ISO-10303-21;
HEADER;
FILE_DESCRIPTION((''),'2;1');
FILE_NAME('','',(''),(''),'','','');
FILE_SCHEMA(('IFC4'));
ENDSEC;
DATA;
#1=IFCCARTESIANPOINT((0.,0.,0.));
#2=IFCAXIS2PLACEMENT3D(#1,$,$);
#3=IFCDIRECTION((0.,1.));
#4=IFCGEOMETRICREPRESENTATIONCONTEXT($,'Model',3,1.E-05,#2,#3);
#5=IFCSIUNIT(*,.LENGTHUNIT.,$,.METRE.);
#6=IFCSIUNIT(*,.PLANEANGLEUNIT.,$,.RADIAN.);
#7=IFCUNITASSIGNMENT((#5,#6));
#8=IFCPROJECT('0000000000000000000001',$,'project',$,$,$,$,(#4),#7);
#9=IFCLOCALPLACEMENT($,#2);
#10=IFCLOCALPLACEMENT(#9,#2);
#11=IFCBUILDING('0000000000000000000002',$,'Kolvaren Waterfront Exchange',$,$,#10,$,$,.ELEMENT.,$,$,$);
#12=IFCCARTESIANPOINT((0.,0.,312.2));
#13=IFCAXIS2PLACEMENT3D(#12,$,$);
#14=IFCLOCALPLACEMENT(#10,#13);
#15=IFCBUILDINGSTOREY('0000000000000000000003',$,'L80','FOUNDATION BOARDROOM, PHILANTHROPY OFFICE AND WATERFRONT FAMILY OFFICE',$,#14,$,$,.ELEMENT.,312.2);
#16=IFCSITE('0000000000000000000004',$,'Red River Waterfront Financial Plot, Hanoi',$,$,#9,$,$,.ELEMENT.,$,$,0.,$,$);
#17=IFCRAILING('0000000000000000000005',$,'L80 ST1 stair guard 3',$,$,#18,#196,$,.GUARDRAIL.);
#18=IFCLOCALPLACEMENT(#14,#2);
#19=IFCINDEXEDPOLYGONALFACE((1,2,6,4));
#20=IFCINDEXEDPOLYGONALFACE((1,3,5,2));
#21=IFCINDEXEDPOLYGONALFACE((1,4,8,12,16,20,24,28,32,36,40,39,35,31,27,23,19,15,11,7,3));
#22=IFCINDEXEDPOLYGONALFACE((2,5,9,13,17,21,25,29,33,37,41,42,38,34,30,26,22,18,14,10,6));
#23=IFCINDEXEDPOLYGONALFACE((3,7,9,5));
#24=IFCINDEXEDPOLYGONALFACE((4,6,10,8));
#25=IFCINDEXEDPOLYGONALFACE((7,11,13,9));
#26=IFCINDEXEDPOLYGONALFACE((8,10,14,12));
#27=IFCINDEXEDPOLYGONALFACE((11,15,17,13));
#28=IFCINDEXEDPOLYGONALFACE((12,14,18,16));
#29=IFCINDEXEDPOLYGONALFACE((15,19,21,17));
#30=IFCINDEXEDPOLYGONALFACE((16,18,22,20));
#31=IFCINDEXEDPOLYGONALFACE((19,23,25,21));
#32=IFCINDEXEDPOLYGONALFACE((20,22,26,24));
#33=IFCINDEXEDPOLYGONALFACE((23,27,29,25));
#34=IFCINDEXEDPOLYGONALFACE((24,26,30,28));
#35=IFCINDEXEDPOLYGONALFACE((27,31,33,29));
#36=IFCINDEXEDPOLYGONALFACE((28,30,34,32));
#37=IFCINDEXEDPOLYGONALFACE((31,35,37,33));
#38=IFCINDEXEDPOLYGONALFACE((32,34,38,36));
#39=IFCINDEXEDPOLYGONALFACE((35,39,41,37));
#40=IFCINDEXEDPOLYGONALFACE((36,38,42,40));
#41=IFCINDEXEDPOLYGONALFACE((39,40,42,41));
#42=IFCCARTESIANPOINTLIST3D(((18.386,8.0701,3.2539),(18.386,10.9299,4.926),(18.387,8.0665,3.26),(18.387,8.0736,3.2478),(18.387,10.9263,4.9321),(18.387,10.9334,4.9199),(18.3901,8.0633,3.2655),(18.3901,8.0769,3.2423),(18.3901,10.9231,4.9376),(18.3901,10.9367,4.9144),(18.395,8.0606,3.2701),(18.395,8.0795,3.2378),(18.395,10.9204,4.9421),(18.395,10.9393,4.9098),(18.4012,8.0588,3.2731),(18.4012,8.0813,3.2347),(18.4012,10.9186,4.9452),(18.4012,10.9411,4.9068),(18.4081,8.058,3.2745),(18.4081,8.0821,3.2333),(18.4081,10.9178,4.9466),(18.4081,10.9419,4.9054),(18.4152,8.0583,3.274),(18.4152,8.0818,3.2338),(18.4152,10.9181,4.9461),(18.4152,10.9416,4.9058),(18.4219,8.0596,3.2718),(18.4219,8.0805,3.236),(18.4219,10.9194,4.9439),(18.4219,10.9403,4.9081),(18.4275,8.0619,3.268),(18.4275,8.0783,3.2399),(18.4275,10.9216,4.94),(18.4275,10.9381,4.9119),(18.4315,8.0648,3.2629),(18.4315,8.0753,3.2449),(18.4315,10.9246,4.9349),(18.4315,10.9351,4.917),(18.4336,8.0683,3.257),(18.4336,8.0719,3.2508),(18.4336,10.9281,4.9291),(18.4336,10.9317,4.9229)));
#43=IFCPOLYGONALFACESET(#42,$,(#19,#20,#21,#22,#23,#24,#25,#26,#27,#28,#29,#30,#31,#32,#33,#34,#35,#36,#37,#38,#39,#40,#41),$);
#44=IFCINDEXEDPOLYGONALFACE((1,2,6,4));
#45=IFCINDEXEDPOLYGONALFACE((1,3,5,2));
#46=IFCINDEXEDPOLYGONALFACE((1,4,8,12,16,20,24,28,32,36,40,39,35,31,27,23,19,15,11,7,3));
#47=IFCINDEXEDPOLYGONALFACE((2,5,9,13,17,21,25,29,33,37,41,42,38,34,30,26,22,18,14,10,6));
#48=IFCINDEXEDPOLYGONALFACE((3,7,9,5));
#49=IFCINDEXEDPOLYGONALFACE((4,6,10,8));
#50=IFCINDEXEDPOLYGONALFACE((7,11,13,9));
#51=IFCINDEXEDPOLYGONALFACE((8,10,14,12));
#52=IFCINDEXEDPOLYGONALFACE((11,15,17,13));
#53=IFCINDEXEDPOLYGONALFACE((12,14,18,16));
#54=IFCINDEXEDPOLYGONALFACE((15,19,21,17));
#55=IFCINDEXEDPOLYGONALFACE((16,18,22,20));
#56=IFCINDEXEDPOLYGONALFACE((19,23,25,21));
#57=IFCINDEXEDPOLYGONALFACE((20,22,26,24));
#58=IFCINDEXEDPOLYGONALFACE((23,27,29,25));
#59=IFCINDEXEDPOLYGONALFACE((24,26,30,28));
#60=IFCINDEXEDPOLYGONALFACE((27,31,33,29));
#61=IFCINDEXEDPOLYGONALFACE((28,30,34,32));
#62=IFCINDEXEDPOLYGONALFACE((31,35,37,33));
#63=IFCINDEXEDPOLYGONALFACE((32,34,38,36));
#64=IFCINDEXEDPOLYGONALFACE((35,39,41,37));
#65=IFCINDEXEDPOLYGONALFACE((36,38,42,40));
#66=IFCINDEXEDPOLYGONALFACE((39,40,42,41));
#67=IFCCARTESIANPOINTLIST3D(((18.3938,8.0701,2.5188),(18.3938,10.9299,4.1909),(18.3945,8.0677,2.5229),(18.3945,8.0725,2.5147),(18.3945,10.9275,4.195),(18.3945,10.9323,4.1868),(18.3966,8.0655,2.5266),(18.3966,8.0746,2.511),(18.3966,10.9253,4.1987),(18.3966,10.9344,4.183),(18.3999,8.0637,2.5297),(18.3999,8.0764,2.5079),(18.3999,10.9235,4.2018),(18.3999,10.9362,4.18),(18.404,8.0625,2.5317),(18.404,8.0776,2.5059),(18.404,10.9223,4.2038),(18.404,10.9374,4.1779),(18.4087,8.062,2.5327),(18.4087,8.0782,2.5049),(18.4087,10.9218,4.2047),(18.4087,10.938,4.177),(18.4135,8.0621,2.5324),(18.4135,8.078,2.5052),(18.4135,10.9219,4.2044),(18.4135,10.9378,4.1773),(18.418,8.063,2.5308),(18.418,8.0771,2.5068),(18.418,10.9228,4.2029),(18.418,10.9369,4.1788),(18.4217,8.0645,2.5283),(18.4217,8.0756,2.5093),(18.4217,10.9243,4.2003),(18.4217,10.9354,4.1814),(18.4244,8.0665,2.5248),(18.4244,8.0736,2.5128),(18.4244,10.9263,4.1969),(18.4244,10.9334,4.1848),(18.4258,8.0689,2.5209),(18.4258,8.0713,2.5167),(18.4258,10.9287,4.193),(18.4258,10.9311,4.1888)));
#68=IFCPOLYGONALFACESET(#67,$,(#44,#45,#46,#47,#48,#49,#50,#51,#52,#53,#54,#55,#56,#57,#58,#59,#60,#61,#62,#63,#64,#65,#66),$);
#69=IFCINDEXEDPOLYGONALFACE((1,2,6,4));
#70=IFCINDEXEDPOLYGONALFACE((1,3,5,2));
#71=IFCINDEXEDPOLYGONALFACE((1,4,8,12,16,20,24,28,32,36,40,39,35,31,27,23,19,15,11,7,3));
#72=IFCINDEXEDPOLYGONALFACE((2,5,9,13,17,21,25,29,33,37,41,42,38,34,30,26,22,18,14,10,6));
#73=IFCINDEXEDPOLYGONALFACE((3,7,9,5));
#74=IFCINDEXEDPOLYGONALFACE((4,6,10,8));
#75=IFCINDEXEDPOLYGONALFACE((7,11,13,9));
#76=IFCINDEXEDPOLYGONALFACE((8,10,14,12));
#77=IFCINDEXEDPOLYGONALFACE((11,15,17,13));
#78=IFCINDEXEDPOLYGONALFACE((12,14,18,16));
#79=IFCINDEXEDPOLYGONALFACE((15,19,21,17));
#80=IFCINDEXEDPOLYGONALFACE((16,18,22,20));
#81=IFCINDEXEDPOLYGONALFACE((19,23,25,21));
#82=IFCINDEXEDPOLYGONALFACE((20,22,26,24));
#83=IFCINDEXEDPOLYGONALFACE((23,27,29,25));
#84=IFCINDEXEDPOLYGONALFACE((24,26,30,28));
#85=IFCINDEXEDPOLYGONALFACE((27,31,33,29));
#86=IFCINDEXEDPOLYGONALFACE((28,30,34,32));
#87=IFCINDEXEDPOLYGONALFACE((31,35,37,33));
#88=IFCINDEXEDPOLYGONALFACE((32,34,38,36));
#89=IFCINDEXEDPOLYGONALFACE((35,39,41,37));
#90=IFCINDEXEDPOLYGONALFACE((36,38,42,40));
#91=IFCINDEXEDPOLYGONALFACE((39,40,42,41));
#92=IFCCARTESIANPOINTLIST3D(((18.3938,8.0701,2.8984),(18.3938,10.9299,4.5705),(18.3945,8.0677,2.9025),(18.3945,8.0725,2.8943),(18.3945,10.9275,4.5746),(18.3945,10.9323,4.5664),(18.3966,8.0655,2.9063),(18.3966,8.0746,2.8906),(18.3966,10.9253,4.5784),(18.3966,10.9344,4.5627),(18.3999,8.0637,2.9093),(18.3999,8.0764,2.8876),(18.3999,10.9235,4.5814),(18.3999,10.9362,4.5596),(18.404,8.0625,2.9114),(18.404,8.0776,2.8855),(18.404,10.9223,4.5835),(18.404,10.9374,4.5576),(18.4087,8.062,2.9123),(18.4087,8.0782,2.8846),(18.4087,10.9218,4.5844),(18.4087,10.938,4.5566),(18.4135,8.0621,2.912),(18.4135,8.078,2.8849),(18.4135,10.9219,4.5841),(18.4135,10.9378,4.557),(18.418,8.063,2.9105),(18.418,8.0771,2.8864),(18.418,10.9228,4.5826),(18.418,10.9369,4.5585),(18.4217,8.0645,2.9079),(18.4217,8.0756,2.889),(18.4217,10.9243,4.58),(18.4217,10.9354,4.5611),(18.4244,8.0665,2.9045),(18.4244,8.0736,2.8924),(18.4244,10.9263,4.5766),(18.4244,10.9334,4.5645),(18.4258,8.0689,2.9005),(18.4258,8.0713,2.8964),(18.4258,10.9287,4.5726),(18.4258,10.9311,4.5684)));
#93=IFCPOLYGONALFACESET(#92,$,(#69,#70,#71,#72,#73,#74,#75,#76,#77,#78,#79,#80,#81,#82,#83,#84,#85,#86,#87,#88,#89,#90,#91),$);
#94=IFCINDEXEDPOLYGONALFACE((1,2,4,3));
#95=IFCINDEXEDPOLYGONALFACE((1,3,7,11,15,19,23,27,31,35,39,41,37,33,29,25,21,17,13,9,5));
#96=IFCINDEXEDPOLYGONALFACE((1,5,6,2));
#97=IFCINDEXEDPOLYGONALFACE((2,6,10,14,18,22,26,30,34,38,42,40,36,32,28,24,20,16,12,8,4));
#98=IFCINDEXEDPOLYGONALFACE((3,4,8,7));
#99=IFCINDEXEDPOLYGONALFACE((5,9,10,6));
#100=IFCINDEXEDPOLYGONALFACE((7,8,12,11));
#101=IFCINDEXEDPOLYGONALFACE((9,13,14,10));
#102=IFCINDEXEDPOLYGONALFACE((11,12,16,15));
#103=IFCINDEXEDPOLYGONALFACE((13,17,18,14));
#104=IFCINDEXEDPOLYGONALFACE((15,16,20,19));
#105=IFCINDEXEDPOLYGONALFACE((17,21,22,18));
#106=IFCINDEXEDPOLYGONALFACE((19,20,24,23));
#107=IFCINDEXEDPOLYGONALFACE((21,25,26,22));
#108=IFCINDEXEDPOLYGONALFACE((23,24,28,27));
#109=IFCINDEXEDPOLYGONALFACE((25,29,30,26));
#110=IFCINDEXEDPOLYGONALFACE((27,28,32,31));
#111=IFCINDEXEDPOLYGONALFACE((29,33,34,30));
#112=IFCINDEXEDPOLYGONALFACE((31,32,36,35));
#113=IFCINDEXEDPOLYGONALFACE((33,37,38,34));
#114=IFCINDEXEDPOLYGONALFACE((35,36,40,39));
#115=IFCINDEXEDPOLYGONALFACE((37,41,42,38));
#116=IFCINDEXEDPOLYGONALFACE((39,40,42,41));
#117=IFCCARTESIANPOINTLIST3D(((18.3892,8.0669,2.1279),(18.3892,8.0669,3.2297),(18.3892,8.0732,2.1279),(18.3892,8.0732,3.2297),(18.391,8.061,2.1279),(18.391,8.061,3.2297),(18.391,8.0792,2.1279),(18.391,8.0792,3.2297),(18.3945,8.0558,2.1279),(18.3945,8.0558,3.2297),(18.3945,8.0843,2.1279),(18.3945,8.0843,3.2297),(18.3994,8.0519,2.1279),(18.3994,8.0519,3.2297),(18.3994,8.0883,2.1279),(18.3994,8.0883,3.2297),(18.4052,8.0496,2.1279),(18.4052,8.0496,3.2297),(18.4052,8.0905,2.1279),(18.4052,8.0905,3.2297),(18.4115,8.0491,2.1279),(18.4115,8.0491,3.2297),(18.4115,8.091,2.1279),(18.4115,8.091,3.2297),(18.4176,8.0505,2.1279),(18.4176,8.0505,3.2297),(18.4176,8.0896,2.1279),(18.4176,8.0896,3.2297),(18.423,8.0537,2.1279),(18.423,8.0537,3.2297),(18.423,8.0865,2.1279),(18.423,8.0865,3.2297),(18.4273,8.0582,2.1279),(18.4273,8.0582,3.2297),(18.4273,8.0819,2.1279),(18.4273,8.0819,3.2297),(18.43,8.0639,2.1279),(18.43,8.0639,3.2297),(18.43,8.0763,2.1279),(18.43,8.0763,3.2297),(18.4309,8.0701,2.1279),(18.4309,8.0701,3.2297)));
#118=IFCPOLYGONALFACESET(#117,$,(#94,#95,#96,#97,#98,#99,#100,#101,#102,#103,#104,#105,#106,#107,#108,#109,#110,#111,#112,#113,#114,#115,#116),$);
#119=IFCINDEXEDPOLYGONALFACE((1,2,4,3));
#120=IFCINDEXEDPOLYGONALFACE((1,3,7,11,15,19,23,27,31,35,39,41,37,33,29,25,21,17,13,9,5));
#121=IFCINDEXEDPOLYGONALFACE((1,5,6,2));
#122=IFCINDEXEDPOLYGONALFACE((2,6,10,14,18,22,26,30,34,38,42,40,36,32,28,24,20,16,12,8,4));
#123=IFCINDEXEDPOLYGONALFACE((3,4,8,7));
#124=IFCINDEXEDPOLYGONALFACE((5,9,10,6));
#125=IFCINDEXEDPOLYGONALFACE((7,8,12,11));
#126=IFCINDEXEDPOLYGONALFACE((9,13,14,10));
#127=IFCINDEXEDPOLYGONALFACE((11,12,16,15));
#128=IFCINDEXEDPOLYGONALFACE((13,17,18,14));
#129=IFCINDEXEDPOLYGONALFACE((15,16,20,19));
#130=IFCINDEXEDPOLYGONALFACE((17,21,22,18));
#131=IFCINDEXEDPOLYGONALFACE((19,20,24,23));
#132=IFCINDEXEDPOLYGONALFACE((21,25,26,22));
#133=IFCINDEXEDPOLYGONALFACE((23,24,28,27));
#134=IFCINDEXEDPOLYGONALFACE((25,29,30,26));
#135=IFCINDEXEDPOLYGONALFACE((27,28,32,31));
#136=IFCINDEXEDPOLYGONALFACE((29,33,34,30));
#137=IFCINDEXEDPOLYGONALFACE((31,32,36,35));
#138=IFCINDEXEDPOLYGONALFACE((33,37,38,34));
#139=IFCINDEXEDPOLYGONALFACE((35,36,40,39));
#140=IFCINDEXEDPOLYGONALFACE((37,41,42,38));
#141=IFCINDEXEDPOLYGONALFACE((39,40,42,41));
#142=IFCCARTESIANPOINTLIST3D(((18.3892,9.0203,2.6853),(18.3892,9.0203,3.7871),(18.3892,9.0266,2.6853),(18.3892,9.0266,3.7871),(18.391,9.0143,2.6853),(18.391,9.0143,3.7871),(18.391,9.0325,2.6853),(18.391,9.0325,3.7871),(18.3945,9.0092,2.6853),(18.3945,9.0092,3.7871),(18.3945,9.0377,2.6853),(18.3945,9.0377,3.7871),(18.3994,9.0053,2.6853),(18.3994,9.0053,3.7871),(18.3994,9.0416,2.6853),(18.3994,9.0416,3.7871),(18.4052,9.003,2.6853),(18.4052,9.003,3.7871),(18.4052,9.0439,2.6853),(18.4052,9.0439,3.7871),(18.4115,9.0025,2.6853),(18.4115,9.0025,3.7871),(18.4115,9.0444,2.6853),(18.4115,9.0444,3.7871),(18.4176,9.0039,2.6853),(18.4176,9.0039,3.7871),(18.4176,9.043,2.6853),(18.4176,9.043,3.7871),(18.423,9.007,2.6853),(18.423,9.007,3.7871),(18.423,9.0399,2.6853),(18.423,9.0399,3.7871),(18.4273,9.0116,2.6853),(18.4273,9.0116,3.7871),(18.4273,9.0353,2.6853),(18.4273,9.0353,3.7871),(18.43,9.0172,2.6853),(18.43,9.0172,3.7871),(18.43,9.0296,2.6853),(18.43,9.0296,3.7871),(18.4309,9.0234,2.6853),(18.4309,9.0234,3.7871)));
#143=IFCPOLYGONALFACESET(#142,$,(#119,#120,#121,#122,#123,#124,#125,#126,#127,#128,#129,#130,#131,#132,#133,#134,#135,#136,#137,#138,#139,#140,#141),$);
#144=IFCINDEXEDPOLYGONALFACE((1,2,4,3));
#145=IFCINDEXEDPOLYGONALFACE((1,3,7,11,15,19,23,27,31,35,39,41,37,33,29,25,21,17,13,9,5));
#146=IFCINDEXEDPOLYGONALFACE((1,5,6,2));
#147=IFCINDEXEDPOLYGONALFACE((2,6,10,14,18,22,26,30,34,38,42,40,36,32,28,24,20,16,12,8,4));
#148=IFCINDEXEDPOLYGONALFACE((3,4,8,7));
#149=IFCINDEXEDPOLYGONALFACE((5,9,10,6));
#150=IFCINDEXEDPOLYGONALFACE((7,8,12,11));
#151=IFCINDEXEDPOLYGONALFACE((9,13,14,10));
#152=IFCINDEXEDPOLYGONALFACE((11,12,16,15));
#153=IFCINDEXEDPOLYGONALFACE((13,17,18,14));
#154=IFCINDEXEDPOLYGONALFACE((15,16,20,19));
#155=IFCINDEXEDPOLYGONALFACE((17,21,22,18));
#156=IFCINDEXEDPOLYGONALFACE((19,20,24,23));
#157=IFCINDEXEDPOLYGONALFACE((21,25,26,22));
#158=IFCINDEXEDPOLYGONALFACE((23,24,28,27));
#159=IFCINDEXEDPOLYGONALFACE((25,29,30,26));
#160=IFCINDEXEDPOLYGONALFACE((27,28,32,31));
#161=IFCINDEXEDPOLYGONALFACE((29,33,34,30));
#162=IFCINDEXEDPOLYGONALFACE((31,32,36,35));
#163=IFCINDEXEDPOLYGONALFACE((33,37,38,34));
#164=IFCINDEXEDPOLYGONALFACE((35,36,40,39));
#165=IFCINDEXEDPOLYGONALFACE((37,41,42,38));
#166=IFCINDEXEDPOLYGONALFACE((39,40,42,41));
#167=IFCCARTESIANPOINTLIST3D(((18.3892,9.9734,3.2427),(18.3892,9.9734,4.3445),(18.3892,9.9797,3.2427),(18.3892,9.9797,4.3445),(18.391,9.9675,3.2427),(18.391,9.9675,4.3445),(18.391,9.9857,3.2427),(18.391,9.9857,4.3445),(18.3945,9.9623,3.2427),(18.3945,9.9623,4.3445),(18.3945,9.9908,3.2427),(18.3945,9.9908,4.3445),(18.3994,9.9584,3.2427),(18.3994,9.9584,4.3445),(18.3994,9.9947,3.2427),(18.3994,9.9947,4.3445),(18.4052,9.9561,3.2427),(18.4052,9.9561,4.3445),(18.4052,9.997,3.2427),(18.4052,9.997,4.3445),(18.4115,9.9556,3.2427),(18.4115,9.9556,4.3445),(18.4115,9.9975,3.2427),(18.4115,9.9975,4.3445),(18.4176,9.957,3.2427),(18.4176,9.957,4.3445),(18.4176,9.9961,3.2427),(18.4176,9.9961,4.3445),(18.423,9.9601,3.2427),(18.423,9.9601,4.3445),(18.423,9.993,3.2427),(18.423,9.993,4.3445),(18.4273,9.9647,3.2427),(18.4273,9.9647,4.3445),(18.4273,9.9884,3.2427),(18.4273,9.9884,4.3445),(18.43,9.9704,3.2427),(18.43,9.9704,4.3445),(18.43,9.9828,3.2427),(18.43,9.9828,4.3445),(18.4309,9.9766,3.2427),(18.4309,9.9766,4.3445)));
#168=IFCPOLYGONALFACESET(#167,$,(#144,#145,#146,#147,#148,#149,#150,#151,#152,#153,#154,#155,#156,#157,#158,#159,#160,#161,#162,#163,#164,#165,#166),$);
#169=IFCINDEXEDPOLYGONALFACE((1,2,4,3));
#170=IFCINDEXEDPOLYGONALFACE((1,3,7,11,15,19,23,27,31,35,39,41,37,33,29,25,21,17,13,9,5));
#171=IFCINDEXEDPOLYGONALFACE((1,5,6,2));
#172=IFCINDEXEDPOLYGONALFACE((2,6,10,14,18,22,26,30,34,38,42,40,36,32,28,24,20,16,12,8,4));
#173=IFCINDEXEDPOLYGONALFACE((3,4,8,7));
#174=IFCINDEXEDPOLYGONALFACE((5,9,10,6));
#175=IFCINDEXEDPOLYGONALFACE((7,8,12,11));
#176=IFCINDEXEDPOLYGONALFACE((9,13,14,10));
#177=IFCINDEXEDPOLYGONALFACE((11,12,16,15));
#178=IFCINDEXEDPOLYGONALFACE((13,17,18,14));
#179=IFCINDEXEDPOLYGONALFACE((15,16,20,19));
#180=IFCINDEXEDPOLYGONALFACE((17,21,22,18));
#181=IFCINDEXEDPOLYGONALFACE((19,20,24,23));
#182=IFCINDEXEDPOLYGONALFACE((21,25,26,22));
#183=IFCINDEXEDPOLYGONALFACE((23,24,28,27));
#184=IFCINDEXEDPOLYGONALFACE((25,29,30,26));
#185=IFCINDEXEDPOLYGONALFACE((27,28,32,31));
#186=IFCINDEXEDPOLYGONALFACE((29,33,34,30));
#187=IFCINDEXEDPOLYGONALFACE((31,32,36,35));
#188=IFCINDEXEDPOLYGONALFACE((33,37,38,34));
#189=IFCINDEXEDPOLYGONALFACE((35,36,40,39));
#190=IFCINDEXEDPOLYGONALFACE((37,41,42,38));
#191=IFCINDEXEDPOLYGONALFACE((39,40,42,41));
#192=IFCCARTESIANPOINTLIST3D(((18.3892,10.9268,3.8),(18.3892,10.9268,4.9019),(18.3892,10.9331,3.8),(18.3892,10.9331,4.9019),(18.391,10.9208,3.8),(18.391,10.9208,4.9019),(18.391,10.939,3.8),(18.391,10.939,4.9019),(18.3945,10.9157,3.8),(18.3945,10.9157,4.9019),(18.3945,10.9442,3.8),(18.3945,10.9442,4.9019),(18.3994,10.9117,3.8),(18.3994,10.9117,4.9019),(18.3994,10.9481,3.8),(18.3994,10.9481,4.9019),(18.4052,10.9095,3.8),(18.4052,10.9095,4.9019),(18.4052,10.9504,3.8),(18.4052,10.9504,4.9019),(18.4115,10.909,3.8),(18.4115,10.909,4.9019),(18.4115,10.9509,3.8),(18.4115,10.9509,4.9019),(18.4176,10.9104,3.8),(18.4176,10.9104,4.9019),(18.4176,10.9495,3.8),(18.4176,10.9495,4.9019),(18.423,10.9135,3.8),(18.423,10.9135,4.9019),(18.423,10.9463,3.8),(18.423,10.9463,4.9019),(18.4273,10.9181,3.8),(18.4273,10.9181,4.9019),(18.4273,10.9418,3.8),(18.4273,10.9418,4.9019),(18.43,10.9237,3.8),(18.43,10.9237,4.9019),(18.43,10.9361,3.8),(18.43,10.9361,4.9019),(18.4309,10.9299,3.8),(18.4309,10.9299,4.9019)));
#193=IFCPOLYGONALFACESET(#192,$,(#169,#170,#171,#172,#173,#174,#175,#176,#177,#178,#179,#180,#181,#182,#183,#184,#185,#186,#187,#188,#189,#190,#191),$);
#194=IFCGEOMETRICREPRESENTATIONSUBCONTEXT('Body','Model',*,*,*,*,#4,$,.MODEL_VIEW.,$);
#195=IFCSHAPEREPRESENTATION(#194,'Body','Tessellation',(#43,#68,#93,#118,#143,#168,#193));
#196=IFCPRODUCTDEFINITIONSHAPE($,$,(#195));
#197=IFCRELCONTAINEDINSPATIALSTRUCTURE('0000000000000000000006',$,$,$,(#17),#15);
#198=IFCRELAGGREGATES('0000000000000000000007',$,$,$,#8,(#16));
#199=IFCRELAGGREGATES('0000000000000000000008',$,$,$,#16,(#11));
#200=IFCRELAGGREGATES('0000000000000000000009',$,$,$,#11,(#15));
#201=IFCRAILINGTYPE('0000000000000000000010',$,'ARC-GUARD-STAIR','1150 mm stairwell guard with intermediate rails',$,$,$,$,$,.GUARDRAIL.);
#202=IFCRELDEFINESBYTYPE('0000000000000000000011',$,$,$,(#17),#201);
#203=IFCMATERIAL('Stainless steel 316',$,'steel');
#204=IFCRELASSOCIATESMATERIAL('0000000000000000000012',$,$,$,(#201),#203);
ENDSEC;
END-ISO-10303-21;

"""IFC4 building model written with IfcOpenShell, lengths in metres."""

from ifc_helpers import new_model, si_unit, direction, frame, origin, origin_2d, place, context, subcontext, project, spatial, circle, extrude, material, type_object, element, save


model = new_model("IFC4")

# Units and contexts
model_context = context("Model", 3, precision=1e-05, world=origin(), true_north=direction((0.0, 1.0)))
body_context = subcontext(model_context, "Body", "Model", "MODEL_VIEW")
ifc_project = project(units=[si_unit("LENGTHUNIT", "METRE"), si_unit("PLANEANGLEUNIT", "RADIAN")], contexts=[model_context])

# Site, building, storey
site_placement = place(None, origin())
site = spatial("IfcSite", under=ifc_project, at=site_placement, Name="Red River Waterfront Financial Plot, Hanoi", CompositionType="ELEMENT", RefElevation=0.0)
building_placement = place(site_placement, origin())
building = spatial("IfcBuilding", under=site, at=building_placement, Name="Kolvaren Waterfront Exchange", CompositionType="ELEMENT")
storey_placement = place(building_placement, frame((0.0, 0.0, 312.2)))
storey = spatial("IfcBuildingStorey", under=building, at=storey_placement, Name="L80", Description="FOUNDATION BOARDROOM, PHILANTHROPY OFFICE AND WATERFRONT FAMILY OFFICE", CompositionType="ELEMENT", Elevation=312.2)

# Railing
ifc_material_1 = material(Name="Stainless steel 316", Category="steel")
railing_type_1 = type_object("IfcRailingType", Name="ARC-GUARD-STAIR", Description="1150 mm stairwell guard with intermediate rails", PredefinedType="GUARDRAIL", material=ifc_material_1)
railing_1_placement = place(storey_placement, frame((18.4099, 8.0701, 2.1279)))
element("IfcRailing", 1, at=railing_1_placement, inside=storey, type_object=railing_type_1, Name="L80 ST1 stair guard 3", PredefinedType="GUARDRAIL", context=body_context, shape_type="SweptSolid", body=[
    extrude(circle(Radius=0.0239, at=origin_2d()), frame((0.0, 0.0, 1.126), z_axis=(0.0, 0.863271, 0.504741), x_axis=(-1.0, 0.0, 0.0)), (0.0, 0.0, 1.0), 3.3127),
    extrude(circle(Radius=0.0161, at=origin_2d()), frame((0.0, 0.0, 0.3909), z_axis=(0.0, 0.863271, 0.504741), x_axis=(-1.0, 0.0, 0.0)), (0.0, 0.0, 1.0), 3.3127),
    extrude(circle(Radius=0.0161, at=origin_2d()), frame((0.0, 0.0, 0.7705), z_axis=(0.0, 0.863271, 0.504741), x_axis=(-1.0, 0.0, 0.0)), (0.0, 0.0, 1.0), 3.3127),
    extrude(circle(Radius=0.021, at=origin_2d()), origin(), (0.0, 0.0, 1.0), 1.1018),
    extrude(circle(Radius=0.021, at=origin_2d()), frame((0.0, 0.9534, 0.5574)), (0.0, 0.0, 1.0), 1.1018),
    extrude(circle(Radius=0.021, at=origin_2d()), frame((0.0, 1.9065, 1.1147)), (0.0, 0.0, 1.0), 1.1018),
    extrude(circle(Radius=0.021, at=origin_2d()), frame((0.0, 2.8599, 1.6721)), (0.0, 0.0, 1.0), 1.1018),
])

save(model, "model.ifc")
